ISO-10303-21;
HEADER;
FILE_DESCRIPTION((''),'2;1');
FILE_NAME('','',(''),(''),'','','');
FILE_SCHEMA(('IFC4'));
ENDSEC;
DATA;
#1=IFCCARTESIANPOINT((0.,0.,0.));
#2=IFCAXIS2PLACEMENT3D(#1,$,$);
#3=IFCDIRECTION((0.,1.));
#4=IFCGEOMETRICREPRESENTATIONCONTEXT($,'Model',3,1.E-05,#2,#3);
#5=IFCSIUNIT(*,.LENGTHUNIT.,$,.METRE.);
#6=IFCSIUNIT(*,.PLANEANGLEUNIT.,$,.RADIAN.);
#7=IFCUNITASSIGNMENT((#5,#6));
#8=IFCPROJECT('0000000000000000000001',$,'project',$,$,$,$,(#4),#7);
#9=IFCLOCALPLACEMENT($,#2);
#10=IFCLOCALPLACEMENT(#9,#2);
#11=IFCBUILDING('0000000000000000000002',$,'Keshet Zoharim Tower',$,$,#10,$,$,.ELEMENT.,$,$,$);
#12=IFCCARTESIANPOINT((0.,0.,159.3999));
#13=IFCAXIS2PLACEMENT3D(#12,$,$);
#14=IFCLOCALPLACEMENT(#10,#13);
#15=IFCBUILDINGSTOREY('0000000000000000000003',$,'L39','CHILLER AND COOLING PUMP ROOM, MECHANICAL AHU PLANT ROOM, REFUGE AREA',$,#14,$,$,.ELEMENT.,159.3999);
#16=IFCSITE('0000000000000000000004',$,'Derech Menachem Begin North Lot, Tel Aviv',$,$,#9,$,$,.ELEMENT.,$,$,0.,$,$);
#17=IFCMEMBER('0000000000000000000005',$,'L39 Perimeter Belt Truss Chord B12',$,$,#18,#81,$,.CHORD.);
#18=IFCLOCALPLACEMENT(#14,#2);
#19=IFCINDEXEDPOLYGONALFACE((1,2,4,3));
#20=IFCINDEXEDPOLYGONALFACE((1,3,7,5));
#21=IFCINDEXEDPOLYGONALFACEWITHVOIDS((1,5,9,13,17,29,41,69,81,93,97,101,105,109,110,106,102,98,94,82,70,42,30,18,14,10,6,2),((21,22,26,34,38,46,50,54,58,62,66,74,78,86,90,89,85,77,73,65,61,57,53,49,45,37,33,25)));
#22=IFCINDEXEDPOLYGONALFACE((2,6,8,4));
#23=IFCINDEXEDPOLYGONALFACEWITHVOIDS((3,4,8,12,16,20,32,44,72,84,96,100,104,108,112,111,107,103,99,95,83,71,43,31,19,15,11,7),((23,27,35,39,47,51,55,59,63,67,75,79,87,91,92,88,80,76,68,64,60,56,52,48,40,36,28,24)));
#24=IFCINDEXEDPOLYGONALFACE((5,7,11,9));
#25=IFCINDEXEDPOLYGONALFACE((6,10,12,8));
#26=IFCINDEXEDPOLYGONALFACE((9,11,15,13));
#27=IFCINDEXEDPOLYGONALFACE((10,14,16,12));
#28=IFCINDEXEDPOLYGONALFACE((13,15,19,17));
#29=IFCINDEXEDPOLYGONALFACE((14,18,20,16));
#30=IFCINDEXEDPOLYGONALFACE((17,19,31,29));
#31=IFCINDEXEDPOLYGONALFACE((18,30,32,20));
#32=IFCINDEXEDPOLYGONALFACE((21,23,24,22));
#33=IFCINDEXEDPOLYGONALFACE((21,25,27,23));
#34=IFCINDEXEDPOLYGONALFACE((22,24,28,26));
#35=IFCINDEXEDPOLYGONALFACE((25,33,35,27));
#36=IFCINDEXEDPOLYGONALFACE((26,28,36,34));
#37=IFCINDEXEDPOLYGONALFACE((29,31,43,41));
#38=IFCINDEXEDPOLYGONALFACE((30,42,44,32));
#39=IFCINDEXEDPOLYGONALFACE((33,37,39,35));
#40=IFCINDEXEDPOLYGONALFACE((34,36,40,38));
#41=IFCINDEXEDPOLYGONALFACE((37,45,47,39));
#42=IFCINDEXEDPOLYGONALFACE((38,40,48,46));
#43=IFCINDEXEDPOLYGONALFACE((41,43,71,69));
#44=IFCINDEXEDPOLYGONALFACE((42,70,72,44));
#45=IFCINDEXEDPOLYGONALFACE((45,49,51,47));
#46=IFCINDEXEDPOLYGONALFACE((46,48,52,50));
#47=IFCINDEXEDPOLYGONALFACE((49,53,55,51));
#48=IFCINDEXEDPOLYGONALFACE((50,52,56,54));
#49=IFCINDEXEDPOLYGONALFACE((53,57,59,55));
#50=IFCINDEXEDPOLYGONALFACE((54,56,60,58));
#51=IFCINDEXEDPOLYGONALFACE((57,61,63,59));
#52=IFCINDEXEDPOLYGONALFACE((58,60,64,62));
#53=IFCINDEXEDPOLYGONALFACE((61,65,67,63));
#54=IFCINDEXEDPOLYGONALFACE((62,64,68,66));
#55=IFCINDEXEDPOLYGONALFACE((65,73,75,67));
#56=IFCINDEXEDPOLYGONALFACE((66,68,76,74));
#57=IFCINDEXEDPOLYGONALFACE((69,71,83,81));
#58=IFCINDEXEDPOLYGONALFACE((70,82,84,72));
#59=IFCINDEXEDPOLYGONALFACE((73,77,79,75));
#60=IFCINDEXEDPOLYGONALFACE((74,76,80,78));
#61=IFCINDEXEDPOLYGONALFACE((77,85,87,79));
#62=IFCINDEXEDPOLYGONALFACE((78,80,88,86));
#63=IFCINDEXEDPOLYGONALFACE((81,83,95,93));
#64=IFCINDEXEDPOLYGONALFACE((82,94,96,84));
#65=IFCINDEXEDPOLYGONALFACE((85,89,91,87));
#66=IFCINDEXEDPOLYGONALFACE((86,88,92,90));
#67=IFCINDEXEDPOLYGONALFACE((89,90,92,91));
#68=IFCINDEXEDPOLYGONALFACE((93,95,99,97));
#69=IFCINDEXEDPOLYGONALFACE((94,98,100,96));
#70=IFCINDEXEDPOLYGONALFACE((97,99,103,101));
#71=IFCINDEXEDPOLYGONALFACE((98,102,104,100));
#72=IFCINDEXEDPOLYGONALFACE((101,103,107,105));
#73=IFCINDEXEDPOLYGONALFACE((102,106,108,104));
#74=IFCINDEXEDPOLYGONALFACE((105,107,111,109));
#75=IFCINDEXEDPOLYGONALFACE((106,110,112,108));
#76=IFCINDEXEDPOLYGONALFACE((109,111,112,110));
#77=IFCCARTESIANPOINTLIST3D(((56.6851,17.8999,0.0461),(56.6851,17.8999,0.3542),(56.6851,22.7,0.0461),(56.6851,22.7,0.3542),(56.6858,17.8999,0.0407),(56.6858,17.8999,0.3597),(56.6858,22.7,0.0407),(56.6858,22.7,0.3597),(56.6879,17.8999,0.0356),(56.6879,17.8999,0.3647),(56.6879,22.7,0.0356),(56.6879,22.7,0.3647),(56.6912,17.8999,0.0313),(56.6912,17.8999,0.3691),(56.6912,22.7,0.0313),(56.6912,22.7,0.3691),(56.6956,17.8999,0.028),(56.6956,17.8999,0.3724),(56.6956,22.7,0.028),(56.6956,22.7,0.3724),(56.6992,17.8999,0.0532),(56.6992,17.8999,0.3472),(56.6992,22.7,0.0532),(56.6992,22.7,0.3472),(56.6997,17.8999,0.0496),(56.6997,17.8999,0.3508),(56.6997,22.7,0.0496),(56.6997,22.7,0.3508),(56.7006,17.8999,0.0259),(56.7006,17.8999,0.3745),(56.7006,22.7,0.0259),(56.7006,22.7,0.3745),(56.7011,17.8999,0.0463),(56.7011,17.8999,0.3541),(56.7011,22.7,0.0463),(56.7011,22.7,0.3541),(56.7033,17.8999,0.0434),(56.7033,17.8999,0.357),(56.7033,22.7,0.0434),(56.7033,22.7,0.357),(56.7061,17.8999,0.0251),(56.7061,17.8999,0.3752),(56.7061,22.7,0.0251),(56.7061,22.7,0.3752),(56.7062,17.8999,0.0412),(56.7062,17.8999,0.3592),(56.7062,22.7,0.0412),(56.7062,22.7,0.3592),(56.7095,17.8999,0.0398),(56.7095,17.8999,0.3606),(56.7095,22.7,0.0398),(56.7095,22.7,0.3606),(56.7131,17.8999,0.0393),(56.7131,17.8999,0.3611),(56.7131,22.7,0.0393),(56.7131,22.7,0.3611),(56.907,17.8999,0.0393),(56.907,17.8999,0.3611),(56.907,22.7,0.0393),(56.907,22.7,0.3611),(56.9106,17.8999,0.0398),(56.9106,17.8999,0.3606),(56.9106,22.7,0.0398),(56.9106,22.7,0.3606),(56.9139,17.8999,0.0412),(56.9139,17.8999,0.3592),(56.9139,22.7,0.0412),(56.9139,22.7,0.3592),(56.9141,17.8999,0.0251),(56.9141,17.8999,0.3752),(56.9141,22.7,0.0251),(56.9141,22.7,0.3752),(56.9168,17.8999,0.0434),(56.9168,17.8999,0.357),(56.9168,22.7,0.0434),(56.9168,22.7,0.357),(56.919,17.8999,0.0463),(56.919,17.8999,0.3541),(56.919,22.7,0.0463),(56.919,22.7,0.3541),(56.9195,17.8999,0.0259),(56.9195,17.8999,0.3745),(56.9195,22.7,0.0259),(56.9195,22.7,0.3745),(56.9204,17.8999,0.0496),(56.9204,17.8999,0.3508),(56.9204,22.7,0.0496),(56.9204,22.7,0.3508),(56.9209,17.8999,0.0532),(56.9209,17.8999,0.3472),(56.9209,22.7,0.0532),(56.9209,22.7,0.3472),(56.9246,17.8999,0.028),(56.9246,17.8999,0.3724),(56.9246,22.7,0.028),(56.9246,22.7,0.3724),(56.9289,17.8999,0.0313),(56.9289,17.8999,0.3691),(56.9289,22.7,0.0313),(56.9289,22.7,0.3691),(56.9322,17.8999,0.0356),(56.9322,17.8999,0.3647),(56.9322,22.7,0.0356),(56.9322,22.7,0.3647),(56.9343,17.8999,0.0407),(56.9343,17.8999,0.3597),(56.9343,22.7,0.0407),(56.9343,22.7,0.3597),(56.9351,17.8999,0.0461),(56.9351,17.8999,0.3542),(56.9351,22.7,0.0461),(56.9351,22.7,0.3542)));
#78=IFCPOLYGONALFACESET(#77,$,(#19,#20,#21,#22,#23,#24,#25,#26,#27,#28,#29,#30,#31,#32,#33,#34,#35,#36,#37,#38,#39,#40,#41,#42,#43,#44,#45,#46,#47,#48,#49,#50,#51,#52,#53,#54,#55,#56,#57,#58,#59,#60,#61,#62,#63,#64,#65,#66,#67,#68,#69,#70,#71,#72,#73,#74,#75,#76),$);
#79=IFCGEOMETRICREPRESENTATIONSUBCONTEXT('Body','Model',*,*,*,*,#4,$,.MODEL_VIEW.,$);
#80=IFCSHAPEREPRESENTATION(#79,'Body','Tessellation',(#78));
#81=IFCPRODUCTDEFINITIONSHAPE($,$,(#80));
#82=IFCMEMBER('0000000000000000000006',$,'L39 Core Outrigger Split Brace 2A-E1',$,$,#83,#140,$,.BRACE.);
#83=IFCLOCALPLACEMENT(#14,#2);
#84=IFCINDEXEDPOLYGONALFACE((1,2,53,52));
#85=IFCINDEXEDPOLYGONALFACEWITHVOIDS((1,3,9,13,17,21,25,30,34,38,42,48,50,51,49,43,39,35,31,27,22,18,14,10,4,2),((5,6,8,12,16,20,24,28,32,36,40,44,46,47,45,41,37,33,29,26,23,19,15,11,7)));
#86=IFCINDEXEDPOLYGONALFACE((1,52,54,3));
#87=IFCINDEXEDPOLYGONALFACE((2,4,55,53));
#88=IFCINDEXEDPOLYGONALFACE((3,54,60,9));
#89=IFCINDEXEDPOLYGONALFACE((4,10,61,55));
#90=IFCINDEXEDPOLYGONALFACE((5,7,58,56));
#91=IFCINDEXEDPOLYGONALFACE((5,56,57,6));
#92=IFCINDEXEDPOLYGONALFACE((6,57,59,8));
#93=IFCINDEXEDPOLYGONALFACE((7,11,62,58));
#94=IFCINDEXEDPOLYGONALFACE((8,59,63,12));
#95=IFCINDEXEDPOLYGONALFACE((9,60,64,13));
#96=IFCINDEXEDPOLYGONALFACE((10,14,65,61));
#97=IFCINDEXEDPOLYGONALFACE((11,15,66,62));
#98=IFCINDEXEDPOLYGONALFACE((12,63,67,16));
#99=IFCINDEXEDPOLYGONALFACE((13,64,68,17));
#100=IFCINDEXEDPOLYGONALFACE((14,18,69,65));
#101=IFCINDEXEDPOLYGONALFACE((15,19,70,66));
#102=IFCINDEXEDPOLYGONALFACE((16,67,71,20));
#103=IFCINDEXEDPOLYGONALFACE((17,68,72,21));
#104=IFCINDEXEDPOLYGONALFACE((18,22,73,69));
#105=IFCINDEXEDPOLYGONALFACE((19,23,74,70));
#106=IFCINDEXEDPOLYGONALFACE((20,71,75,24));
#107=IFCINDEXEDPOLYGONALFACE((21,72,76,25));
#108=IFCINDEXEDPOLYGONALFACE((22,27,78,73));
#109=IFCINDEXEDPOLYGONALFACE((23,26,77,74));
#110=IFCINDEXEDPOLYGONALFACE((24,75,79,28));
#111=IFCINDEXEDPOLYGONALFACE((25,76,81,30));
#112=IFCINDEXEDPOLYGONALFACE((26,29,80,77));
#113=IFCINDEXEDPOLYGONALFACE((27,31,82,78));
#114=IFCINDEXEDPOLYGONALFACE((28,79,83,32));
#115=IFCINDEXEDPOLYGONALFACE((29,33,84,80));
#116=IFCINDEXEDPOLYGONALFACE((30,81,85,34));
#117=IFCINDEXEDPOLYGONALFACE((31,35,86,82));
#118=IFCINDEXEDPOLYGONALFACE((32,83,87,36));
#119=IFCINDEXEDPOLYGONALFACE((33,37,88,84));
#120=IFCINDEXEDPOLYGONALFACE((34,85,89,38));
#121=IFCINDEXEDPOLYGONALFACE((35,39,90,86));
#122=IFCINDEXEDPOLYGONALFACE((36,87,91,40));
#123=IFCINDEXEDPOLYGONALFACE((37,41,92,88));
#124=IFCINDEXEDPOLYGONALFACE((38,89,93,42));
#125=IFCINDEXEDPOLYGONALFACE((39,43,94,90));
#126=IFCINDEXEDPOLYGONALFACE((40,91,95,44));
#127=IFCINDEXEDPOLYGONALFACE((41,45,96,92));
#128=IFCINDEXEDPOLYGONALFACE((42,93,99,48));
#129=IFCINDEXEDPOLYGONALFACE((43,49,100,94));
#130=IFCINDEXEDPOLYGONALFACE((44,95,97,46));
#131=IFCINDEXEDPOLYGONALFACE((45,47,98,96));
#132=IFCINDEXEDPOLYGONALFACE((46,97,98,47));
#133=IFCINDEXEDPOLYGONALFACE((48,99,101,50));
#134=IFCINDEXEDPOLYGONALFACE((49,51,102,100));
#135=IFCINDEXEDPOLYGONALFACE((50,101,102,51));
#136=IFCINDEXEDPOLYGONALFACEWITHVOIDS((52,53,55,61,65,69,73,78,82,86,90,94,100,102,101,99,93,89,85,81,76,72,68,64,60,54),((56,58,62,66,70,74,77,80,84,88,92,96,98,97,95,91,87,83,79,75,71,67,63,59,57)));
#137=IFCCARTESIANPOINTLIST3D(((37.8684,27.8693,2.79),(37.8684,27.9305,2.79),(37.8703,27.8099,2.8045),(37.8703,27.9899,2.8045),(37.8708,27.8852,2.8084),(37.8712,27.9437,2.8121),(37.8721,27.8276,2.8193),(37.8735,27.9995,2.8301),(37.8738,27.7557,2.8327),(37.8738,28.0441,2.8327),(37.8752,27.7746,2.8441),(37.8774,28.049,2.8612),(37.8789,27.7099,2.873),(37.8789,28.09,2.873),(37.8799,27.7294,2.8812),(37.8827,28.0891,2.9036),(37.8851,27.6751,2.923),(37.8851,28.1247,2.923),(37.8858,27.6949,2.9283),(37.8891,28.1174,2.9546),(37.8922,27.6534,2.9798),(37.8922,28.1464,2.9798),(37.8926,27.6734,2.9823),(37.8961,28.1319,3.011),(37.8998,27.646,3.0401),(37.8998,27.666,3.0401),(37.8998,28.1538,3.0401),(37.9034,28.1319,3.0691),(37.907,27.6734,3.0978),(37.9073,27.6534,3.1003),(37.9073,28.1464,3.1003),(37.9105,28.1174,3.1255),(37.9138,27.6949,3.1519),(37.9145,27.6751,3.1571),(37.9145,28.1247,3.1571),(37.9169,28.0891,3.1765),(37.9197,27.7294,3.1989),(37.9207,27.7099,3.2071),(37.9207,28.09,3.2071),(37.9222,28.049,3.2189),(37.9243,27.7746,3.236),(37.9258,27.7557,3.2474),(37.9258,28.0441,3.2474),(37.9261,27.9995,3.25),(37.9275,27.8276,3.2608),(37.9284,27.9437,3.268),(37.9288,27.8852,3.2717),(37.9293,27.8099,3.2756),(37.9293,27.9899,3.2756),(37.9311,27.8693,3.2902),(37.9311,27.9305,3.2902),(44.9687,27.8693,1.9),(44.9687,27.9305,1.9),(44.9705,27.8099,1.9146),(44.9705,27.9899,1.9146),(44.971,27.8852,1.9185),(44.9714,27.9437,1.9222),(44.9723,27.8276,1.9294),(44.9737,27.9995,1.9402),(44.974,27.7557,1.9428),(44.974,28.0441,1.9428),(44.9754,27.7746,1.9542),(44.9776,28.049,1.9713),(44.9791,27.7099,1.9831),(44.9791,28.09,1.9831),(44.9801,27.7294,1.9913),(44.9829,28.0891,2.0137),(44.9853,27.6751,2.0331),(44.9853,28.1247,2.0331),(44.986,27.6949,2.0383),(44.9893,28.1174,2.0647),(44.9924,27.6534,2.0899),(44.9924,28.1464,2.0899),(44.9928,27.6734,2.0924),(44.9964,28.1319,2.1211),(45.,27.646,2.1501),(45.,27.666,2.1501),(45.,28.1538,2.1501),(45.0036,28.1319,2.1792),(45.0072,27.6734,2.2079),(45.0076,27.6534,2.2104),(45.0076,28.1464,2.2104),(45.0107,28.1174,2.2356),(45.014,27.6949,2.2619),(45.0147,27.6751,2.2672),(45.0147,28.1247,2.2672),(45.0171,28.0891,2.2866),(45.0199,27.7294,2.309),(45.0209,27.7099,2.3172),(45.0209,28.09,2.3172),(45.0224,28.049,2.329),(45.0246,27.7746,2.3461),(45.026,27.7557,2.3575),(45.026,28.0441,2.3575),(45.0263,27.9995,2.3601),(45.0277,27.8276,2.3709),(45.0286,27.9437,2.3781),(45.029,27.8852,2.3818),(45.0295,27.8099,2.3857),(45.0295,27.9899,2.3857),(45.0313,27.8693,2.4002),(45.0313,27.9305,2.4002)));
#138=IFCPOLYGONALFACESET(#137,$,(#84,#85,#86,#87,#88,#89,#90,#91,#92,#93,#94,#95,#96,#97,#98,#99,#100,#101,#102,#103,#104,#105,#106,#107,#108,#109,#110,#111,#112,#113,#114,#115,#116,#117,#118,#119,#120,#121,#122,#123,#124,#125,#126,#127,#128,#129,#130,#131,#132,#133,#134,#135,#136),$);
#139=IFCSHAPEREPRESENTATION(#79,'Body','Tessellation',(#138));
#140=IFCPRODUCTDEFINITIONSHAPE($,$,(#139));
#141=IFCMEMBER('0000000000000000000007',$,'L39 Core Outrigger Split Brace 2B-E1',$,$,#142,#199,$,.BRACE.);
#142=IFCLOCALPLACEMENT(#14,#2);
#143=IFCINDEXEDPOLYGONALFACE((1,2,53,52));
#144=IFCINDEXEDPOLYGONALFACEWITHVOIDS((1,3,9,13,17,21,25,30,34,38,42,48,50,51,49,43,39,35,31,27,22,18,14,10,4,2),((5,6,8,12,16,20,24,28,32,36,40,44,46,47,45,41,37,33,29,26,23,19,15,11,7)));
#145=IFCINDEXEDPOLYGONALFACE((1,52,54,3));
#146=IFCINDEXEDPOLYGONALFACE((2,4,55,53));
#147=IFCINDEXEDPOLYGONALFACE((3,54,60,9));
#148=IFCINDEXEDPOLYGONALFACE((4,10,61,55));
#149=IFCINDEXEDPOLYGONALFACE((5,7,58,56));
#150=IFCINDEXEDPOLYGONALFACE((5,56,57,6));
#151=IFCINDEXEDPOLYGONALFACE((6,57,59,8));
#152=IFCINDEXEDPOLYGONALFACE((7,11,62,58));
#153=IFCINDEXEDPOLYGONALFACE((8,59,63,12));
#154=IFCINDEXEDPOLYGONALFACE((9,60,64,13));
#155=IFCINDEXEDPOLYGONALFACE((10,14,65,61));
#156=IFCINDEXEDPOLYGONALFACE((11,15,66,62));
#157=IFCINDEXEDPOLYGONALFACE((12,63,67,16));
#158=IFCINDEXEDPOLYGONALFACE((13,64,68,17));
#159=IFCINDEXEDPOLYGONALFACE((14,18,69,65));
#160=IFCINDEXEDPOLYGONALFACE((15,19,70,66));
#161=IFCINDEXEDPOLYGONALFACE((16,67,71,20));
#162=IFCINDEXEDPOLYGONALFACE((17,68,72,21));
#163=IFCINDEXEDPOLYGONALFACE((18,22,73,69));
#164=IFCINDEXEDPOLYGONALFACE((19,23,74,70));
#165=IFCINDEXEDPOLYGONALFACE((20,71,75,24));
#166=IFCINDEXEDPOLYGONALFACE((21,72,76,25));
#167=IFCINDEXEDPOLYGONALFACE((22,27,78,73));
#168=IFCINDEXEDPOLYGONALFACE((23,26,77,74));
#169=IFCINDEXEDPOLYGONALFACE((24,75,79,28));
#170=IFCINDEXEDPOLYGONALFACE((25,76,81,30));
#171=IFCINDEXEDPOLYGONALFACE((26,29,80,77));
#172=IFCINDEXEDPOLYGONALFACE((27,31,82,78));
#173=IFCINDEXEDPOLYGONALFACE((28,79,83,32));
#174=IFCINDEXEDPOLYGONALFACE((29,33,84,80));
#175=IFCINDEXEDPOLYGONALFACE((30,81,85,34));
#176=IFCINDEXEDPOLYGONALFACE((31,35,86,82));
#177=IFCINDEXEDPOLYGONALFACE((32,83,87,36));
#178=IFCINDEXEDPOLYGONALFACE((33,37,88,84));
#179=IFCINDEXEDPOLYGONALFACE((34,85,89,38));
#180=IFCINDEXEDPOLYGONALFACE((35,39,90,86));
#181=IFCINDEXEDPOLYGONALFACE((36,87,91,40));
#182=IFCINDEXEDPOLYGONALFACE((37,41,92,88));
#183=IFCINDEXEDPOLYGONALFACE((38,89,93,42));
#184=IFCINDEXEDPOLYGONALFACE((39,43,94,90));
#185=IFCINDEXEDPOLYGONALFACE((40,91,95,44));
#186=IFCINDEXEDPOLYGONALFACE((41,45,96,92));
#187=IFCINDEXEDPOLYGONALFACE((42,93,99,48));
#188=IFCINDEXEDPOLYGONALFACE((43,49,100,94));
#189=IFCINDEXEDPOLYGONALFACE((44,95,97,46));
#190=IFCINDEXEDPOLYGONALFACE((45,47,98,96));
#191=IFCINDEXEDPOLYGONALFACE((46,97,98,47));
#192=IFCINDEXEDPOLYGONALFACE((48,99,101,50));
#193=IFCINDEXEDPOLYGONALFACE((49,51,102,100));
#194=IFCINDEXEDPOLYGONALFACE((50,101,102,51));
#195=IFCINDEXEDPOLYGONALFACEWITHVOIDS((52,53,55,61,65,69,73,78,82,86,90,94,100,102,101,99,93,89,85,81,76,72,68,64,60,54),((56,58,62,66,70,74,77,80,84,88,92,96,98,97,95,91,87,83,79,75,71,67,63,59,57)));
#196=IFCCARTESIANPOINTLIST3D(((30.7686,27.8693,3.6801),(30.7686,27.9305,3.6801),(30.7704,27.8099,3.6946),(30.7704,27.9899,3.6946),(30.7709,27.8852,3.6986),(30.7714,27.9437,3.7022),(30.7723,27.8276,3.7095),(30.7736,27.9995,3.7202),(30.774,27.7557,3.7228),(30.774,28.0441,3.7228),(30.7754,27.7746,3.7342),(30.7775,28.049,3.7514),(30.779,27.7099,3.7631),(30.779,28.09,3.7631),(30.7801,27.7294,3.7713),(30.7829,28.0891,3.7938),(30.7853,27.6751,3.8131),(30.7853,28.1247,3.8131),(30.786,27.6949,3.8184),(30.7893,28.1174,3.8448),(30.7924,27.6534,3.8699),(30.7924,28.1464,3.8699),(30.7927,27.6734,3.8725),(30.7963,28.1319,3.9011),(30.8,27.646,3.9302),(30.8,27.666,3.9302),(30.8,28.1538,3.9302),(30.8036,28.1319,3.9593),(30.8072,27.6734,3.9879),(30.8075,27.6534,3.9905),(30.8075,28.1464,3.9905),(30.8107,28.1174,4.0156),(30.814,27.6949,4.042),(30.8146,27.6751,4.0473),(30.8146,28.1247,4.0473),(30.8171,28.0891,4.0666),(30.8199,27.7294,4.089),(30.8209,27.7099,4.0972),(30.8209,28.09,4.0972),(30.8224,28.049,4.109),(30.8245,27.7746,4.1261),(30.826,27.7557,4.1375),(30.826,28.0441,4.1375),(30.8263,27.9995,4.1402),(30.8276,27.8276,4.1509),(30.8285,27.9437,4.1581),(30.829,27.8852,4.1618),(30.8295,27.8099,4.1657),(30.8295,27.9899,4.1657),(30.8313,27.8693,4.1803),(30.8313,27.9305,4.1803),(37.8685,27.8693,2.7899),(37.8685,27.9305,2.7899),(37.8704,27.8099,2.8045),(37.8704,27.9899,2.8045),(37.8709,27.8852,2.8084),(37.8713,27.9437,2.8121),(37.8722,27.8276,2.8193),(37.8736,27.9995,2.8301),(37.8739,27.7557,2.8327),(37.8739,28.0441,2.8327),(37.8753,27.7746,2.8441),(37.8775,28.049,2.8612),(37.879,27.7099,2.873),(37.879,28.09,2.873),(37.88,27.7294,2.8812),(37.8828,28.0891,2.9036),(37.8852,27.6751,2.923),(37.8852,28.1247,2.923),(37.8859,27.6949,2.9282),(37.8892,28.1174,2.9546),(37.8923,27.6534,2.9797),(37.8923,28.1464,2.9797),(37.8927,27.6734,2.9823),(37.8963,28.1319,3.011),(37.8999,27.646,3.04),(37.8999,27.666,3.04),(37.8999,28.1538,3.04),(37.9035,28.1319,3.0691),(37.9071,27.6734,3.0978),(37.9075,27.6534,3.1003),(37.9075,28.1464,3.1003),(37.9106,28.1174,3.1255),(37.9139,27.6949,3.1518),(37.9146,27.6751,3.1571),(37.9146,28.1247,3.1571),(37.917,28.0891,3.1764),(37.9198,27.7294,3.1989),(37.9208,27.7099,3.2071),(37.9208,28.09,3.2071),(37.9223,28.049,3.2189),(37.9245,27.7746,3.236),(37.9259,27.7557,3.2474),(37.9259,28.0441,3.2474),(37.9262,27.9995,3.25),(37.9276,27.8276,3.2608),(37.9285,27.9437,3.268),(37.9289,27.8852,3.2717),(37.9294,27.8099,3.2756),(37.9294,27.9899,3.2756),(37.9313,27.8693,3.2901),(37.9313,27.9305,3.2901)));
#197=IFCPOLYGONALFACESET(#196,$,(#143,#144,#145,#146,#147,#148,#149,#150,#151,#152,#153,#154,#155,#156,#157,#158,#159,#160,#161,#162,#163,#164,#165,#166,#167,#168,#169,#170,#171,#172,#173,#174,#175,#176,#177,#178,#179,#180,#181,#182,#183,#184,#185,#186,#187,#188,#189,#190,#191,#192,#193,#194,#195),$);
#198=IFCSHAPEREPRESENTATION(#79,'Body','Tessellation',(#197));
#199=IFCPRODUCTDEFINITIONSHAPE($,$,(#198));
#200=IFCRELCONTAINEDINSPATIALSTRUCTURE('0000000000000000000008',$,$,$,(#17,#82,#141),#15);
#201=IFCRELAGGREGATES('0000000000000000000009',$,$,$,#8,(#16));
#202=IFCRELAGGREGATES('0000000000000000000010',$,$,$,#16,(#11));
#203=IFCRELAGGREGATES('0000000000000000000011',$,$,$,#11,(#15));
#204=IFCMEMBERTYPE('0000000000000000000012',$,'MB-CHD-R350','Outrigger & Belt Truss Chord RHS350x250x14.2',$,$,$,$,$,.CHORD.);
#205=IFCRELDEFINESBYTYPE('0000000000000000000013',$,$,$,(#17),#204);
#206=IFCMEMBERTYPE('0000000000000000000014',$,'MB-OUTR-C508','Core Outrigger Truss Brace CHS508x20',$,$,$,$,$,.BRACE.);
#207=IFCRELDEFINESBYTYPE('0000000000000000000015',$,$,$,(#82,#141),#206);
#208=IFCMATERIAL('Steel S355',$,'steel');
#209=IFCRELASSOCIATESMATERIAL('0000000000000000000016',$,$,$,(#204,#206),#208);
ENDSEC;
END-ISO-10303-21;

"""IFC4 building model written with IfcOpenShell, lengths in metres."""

from ifc_helpers import new_model, si_unit, direction, frame, origin, origin_2d, place, context, subcontext, project, spatial, hollow_rectangle, hollow_circle, extrude, material, material_profile, profile_set, type_object, element, save


model = new_model("IFC4")

# Units and contexts
model_context = context("Model", 3, precision=1e-05, world=origin(), true_north=direction((0.0, 1.0)))
body_context = subcontext(model_context, "Body", "Model", "MODEL_VIEW")
ifc_project = project(units=[si_unit("LENGTHUNIT", "METRE"), si_unit("PLANEANGLEUNIT", "RADIAN")], contexts=[model_context])

# Site, building, storey
site_placement = place(None, origin())
site = spatial("IfcSite", under=ifc_project, at=site_placement, Name="Derech Menachem Begin North Lot, Tel Aviv", CompositionType="ELEMENT", RefElevation=0.0)
building_placement = place(site_placement, origin())
building = spatial("IfcBuilding", under=site, at=building_placement, Name="Keshet Zoharim Tower", CompositionType="ELEMENT")
storey_placement = place(building_placement, frame((0.0, 0.0, 159.3999)))
storey = spatial("IfcBuildingStorey", under=building, at=storey_placement, Name="L39", Description="CHILLER AND COOLING PUMP ROOM, MECHANICAL AHU PLANT ROOM, REFUGE AREA", CompositionType="ELEMENT", Elevation=159.3999)

# Shared definitions
ifc_material_1 = material(Name="Steel S355", Category="steel")

# Members
ifc_material_profile_1 = material_profile(ifc_material_1, hollow_rectangle(XDim=0.25, YDim=0.3501, WallThickness=0.0142, InnerFilletRadius=0.0139, OuterFilletRadius=0.021, at=origin_2d()), Name="RHS350x250x14.2")
ifc_profile_set_1 = profile_set([ifc_material_profile_1], Name="Steel S355")
member_type_1 = type_object("IfcMemberType", Name="MB-CHD-R350", Description="Outrigger & Belt Truss Chord RHS350x250x14.2", PredefinedType="CHORD", material=ifc_profile_set_1)
member_1_placement = place(storey_placement, frame((56.8101, 22.7, 0.2002), z_axis=(0.0, -1.0, 0.0), x_axis=(1.0, 0.0, 0.0)))
element("IfcMember", 1, at=member_1_placement, inside=storey, type_object=member_type_1, Name="L39 Perimeter Belt Truss Chord B12", PredefinedType="CHORD", context=body_context, shape_type="SweptSolid", body=[
    extrude(hollow_rectangle(XDim=0.25, YDim=0.3501, WallThickness=0.0142, InnerFilletRadius=0.0139, OuterFilletRadius=0.021, at=origin_2d()), origin(), (0.0, 0.0, 1.0), 4.8),
])
ifc_material_profile_2 = material_profile(ifc_material_1, hollow_circle(Radius=0.2539, WallThickness=0.02, at=origin_2d()), Name="CHS508x20")
ifc_profile_set_2 = profile_set([ifc_material_profile_2], Name="Steel S355")
member_type_2 = type_object("IfcMemberType", Name="MB-OUTR-C508", Description="Core Outrigger Truss Brace CHS508x20", PredefinedType="BRACE", material=ifc_profile_set_2)
member_2_placement = place(storey_placement, frame((45.0, 27.8999, 2.1501), z_axis=(-0.992237, 0.0, 0.124362), x_axis=(0.0, -1.0, 0.0)))
element("IfcMember", 2, at=member_2_placement, inside=storey, type_object=member_type_2, Name="L39 Core Outrigger Split Brace 2A-E1", PredefinedType="BRACE", context=body_context, shape_type="SweptSolid", body=[
    extrude(hollow_circle(Radius=0.2539, WallThickness=0.02, at=origin_2d()), origin(), (0.0, 0.0, 1.0), 7.1558),
])
member_3_placement = place(storey_placement, frame((37.8999, 27.8999, 3.04), z_axis=(-0.992232, 0.0, 0.1244), x_axis=(0.0, -1.0, 0.0)))
element("IfcMember", 3, at=member_3_placement, inside=storey, type_object=member_type_2, Name="L39 Core Outrigger Split Brace 2B-E1", PredefinedType="BRACE", context=body_context, shape_type="SweptSolid", body=[
    extrude(hollow_circle(Radius=0.2539, WallThickness=0.02, at=origin_2d()), origin(), (0.0, 0.0, 1.0), 7.1555),
])

save(model, "model.ifc")
